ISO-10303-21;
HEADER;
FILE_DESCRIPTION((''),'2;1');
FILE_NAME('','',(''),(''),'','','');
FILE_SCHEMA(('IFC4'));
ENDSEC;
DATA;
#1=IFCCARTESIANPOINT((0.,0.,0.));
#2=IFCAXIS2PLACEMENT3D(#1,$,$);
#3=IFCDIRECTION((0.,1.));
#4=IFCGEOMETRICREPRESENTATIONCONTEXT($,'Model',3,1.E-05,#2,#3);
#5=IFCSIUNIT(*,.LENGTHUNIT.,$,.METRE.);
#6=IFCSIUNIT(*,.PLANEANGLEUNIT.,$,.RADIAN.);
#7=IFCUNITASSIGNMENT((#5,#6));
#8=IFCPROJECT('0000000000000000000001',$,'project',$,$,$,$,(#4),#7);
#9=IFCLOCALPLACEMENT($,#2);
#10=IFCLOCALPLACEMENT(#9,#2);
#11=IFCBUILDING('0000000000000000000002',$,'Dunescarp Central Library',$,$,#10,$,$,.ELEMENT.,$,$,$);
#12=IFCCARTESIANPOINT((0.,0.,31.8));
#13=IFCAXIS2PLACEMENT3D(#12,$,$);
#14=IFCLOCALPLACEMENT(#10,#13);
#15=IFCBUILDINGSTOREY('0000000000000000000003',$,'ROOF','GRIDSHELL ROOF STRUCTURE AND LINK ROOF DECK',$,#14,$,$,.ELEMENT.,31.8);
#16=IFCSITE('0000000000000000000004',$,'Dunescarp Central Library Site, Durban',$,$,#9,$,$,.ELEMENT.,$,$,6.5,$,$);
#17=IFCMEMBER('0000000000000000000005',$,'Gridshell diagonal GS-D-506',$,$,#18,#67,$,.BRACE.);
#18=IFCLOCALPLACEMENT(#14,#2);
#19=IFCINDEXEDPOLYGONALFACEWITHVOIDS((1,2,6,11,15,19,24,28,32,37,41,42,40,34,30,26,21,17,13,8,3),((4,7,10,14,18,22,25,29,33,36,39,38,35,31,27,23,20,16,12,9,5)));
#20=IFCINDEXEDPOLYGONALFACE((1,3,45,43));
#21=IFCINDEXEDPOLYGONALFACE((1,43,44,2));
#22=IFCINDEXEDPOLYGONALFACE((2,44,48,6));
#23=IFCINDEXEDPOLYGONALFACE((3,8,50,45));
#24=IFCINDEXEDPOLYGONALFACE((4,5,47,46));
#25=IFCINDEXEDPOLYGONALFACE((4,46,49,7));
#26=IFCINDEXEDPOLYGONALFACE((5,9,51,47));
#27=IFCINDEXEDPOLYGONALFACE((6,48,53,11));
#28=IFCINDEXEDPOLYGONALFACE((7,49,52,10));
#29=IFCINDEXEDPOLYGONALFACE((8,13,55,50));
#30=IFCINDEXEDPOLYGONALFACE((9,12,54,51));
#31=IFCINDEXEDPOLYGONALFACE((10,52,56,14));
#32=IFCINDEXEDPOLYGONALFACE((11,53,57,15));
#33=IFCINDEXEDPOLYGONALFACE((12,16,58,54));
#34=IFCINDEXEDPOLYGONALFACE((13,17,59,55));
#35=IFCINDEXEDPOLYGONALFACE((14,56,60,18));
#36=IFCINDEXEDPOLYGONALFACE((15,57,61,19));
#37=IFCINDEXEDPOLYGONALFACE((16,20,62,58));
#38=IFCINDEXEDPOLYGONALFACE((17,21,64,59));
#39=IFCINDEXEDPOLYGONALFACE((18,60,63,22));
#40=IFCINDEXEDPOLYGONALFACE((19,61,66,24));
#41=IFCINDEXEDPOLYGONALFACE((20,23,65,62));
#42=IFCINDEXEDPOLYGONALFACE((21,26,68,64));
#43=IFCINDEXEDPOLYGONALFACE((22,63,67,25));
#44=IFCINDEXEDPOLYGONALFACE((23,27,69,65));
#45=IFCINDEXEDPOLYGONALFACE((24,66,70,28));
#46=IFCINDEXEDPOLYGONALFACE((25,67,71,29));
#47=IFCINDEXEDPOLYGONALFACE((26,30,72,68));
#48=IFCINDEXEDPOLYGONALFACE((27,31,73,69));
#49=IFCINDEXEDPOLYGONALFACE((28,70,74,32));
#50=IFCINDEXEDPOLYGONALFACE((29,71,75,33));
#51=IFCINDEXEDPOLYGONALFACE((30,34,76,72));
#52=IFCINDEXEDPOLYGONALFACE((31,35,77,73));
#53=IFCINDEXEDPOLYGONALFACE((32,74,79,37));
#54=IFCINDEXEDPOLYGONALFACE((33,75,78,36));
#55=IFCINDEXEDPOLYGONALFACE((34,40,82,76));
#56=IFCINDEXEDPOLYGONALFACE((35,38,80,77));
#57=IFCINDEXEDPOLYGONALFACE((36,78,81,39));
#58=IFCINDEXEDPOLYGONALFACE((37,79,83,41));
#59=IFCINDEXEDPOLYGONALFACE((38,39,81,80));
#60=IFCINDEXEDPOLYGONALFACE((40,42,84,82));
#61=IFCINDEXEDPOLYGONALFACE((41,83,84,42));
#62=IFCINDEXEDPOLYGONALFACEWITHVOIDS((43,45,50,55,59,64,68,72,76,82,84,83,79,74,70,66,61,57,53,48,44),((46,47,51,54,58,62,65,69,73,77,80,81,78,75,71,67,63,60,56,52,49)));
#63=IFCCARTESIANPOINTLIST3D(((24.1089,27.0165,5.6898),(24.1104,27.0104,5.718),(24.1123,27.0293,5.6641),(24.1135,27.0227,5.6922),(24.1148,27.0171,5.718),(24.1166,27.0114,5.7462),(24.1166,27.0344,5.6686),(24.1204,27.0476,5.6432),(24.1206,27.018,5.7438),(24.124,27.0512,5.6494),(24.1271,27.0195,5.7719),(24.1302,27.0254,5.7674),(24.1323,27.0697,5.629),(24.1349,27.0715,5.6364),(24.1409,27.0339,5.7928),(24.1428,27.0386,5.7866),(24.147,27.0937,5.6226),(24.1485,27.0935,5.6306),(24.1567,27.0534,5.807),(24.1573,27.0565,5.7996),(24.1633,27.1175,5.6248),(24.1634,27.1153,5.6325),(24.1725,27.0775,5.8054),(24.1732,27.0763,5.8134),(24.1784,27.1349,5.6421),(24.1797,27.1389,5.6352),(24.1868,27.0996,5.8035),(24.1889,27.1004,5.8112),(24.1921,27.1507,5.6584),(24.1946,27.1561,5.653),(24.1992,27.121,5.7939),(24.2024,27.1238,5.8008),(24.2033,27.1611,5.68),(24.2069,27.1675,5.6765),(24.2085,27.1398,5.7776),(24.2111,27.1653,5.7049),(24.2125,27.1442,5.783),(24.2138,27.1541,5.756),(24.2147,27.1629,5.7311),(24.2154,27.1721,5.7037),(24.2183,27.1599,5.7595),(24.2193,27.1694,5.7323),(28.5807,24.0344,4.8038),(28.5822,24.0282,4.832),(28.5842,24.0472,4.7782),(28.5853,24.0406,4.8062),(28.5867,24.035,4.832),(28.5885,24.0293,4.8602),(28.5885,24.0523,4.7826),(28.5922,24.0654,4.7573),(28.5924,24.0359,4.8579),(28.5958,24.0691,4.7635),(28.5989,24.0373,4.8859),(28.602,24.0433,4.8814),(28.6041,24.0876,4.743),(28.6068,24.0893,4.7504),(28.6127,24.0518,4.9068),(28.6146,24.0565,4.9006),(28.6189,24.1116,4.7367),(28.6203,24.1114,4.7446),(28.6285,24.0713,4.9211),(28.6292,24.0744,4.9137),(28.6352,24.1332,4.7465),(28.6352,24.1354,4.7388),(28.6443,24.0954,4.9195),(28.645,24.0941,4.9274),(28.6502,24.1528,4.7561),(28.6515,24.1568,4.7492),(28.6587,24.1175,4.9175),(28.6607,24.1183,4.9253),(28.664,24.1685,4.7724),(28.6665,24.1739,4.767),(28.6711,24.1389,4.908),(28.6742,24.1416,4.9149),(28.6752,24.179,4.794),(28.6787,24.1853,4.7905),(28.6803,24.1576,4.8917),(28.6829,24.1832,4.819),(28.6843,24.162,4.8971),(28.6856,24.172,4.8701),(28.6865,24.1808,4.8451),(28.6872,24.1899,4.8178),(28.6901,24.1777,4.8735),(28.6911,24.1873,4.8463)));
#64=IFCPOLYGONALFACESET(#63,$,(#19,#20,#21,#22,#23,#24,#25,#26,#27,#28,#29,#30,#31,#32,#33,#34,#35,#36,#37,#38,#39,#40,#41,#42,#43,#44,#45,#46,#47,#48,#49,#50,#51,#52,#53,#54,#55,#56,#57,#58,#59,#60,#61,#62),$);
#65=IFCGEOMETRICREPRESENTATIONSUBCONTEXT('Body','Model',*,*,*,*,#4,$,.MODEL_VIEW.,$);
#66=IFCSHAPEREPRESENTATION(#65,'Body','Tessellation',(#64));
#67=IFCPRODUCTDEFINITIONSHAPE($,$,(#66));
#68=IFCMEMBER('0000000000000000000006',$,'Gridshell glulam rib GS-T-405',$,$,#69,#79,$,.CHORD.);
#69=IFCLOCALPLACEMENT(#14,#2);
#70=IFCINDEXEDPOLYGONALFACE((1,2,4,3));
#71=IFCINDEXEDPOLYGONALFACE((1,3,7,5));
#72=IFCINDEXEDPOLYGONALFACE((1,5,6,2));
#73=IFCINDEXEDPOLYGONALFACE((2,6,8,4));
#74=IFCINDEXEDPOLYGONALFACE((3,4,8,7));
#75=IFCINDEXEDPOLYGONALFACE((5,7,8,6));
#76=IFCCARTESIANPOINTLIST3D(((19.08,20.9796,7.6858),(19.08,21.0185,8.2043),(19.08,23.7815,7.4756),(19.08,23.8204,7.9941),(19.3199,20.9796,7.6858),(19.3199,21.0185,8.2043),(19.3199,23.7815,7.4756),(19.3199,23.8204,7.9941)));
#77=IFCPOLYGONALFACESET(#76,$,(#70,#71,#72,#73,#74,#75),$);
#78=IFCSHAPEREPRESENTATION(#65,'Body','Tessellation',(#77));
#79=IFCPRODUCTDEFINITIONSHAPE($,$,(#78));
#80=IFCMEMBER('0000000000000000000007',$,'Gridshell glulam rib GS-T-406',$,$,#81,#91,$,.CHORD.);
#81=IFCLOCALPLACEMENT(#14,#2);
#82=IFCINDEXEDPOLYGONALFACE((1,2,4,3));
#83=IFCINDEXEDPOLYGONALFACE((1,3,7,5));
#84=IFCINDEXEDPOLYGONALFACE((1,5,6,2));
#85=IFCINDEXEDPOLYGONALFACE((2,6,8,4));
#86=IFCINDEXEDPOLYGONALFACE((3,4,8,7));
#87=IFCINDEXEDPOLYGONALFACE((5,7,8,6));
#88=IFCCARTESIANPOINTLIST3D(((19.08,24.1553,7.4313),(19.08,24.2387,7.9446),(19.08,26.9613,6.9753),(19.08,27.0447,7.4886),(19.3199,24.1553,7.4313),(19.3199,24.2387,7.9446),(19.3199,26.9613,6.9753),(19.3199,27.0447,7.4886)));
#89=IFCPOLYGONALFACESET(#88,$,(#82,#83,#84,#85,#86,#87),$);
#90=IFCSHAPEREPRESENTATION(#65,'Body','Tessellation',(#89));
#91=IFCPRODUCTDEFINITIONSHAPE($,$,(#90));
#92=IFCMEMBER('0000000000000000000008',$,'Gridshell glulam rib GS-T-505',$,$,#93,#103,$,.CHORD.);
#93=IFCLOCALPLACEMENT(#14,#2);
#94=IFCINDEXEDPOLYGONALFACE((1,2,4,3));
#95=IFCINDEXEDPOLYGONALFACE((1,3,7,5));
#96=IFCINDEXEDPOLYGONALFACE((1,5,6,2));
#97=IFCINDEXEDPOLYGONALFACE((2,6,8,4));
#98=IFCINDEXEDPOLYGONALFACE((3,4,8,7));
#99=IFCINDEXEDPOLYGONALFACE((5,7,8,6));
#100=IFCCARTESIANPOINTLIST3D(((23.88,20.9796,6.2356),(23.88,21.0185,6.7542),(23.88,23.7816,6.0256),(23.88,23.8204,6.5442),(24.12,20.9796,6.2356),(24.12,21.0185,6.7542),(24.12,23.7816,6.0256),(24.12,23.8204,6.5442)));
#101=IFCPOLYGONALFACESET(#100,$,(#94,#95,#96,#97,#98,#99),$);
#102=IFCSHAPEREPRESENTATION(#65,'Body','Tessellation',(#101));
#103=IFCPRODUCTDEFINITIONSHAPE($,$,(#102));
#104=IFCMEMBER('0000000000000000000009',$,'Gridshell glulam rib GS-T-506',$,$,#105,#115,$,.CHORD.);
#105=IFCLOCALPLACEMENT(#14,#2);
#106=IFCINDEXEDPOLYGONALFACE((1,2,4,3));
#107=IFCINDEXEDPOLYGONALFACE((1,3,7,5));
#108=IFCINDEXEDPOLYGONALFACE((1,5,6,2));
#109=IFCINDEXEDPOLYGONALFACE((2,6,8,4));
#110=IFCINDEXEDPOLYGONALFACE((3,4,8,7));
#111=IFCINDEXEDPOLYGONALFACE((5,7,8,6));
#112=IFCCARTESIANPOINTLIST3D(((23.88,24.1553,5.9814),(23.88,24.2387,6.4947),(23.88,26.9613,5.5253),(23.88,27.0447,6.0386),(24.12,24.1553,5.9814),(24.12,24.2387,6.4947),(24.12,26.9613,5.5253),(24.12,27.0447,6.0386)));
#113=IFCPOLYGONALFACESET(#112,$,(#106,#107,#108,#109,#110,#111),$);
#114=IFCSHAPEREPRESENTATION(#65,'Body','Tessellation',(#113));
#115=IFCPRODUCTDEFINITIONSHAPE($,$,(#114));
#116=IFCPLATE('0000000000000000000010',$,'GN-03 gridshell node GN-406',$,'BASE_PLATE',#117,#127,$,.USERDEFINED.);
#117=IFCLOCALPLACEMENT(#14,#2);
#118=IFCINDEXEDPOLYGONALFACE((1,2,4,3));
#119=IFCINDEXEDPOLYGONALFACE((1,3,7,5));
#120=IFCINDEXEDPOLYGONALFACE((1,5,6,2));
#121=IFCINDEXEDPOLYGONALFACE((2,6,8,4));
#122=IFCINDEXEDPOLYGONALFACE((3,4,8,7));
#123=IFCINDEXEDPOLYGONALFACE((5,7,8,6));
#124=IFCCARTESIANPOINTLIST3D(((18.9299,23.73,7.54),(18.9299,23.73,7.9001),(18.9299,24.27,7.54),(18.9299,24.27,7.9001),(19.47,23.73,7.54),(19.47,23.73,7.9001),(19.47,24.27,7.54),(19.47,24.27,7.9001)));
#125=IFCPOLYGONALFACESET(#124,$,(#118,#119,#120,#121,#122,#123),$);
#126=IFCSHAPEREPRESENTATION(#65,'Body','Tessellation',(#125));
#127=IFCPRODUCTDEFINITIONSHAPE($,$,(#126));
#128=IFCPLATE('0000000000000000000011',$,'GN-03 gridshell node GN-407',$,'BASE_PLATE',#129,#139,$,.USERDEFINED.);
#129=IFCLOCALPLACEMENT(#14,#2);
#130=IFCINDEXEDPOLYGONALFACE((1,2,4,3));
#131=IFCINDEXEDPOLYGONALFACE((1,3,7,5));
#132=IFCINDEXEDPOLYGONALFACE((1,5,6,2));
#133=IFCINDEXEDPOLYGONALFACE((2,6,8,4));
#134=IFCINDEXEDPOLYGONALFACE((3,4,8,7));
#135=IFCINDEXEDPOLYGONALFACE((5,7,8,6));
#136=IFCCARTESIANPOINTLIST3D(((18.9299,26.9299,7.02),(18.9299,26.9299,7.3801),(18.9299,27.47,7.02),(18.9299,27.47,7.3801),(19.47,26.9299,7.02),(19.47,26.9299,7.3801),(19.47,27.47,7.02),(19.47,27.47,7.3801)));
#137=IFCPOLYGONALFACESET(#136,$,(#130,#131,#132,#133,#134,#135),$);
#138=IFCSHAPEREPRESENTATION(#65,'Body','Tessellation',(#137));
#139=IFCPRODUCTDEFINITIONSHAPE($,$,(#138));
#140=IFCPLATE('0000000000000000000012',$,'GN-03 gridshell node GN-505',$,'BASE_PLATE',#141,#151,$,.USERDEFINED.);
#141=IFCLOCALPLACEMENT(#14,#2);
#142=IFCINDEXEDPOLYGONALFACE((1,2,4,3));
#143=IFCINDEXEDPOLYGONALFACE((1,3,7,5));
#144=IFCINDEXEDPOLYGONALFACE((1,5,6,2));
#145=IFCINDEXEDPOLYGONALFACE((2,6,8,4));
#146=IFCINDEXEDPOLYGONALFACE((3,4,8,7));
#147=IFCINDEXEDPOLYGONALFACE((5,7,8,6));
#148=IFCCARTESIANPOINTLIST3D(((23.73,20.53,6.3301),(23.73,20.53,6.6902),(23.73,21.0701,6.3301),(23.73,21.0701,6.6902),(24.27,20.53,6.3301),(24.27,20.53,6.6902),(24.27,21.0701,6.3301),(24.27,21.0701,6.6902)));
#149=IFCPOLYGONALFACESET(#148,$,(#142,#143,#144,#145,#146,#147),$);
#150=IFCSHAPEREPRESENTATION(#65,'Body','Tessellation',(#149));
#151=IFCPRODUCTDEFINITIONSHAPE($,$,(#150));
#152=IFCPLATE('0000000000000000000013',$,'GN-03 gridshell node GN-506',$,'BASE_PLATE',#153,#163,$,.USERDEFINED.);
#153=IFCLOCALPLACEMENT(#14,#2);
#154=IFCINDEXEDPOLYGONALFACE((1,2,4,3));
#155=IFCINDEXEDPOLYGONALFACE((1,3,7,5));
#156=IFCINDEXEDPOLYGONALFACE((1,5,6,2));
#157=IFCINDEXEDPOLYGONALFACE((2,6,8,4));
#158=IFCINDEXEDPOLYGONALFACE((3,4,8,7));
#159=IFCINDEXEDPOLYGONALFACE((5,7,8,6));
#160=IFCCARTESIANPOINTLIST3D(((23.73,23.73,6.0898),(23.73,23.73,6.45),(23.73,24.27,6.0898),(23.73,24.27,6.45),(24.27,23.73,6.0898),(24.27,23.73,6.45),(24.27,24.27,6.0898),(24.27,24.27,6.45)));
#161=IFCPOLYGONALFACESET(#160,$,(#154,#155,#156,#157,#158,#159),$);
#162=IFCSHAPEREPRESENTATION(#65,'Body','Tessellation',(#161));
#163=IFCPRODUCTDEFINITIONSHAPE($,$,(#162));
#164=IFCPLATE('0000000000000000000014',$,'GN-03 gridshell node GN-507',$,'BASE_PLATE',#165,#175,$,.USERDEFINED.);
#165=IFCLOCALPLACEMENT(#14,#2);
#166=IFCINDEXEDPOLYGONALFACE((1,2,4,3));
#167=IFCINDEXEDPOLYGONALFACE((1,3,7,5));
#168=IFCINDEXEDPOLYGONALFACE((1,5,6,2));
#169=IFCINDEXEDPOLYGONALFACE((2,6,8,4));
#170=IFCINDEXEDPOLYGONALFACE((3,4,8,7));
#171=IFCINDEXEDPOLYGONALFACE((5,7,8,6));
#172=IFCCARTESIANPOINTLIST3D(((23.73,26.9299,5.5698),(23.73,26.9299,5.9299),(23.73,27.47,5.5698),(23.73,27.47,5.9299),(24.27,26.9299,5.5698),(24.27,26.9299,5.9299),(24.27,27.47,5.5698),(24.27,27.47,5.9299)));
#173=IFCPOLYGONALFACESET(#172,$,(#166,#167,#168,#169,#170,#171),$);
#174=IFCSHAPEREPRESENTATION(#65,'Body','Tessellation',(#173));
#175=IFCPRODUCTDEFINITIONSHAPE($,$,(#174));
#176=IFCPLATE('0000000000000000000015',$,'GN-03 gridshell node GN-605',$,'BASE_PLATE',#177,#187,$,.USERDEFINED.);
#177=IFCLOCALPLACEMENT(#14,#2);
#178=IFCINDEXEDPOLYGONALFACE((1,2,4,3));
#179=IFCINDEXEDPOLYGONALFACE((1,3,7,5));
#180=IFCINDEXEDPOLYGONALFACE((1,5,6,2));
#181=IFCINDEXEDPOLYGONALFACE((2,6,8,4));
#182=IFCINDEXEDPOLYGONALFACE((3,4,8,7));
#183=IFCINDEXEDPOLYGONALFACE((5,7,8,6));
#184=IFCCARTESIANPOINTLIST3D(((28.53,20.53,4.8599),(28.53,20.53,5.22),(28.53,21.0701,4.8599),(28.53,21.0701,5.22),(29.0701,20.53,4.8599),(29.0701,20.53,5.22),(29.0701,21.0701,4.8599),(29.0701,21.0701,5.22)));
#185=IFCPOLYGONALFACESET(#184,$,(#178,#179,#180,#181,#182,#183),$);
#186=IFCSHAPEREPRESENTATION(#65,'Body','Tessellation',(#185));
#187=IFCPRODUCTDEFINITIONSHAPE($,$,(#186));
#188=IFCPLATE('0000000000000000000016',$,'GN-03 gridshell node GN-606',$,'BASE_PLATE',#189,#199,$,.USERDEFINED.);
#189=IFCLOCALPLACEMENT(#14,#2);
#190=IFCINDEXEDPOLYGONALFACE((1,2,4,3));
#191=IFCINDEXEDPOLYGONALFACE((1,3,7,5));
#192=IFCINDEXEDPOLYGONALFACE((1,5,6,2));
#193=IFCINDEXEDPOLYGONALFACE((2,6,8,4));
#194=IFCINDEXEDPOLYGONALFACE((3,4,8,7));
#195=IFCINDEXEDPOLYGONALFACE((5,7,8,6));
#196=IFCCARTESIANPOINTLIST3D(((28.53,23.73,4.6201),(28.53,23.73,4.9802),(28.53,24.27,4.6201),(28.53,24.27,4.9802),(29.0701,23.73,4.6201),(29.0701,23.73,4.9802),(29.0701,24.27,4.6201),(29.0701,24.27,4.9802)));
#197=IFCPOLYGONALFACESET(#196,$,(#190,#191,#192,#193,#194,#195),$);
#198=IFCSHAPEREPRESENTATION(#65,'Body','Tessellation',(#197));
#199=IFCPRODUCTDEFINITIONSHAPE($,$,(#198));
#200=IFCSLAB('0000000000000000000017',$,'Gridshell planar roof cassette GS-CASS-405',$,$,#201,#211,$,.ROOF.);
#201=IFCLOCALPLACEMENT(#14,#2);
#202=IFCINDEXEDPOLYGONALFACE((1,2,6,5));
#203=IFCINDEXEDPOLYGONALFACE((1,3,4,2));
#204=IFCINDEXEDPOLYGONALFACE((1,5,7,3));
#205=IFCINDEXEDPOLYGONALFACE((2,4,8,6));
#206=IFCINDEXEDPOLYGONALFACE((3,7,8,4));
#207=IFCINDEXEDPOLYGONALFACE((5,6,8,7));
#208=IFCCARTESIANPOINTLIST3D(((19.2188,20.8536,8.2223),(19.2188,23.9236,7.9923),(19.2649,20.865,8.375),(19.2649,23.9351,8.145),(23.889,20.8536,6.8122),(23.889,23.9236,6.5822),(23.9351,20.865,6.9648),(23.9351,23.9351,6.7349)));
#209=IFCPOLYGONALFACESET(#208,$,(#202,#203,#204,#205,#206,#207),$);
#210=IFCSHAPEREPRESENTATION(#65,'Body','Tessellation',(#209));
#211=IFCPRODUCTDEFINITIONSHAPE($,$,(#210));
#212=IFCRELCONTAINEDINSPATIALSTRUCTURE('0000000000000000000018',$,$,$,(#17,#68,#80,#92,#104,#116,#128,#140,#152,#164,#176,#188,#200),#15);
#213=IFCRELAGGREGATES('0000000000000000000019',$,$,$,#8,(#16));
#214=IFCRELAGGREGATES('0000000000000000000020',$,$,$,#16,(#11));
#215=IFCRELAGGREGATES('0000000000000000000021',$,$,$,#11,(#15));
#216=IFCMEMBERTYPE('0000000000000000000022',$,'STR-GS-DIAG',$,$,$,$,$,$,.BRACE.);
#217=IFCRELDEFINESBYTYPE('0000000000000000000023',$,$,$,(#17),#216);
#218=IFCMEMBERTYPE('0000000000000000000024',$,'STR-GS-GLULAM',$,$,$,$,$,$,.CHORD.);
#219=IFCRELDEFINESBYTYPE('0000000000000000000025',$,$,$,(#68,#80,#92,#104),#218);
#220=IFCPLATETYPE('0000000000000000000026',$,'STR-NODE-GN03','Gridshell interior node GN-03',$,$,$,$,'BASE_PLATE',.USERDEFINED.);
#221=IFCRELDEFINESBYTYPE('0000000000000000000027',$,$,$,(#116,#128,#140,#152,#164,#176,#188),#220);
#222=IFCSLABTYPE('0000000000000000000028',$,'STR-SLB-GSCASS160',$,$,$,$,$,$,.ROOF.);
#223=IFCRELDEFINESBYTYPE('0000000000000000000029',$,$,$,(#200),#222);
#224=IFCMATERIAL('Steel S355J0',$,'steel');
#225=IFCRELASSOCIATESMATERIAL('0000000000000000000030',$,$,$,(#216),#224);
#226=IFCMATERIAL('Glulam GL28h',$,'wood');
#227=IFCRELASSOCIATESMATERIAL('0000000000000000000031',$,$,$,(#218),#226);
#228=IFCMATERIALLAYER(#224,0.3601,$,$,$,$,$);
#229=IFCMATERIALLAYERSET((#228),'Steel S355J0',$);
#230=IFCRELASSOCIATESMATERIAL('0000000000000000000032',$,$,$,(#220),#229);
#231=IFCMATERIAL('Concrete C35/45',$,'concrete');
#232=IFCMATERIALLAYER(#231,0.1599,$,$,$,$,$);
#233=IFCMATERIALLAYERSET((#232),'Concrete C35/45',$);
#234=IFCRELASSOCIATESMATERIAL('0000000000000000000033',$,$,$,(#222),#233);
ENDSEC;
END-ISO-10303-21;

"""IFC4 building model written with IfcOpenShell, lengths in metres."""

from ifc_helpers import new_model, si_unit, direction, frame, origin, origin_2d, place, context, subcontext, project, spatial, polyline, rectangle, hollow_circle, outline, extrude, material, layer, layer_set, material_profile, profile_set, type_object, element, save


model = new_model("IFC4")

# Units and contexts
model_context = context("Model", 3, precision=1e-05, world=origin(), true_north=direction((0.0, 1.0)))
body_context = subcontext(model_context, "Body", "Model", "MODEL_VIEW")
ifc_project = project(units=[si_unit("LENGTHUNIT", "METRE"), si_unit("PLANEANGLEUNIT", "RADIAN")], contexts=[model_context])

# Site, building, storey
site_placement = place(None, origin())
site = spatial("IfcSite", under=ifc_project, at=site_placement, Name="Dunescarp Central Library Site, Durban", CompositionType="ELEMENT", RefElevation=6.5)
building_placement = place(site_placement, origin())
building = spatial("IfcBuilding", under=site, at=building_placement, Name="Dunescarp Central Library", CompositionType="ELEMENT")
storey_placement = place(building_placement, frame((0.0, 0.0, 31.8)))
storey = spatial("IfcBuildingStorey", under=building, at=storey_placement, Name="ROOF", Description="GRIDSHELL ROOF STRUCTURE AND LINK ROOF DECK", CompositionType="ELEMENT", Elevation=31.8)

# Members
ifc_material_1 = material(Name="Steel S355J0", Category="steel")
ifc_material_profile_1 = material_profile(ifc_material_1, hollow_circle(Radius=0.0969, WallThickness=0.0081, at=origin_2d()), Name="CHS 193.7x8")
ifc_profile_set_1 = profile_set([ifc_material_profile_1], Name="Steel S355J0")
member_type_1 = type_object("IfcMemberType", Name="STR-GS-DIAG", PredefinedType="BRACE", material=ifc_profile_set_1)
member_1_placement = place(storey_placement, frame((28.636, 24.1089, 4.832), z_axis=(-0.820896, 0.547429, 0.162638), x_axis=(-0.554815, -0.831973, 0.0)))
element("IfcMember", 1, at=member_1_placement, inside=storey, type_object=member_type_1, Name="Gridshell diagonal GS-D-506", PredefinedType="BRACE", context=body_context, shape_type="SweptSolid", body=[
    extrude(hollow_circle(Radius=0.0969, WallThickness=0.0081, at=origin_2d()), origin(), (0.0, 0.0, 1.0), 5.4475),
])
ifc_material_2 = material(Name="Glulam GL28h", Category="wood")
ifc_material_profile_2 = material_profile(ifc_material_2, rectangle(XDim=0.24, YDim=0.52, at=origin_2d()), Name="GL28h 240x520")
ifc_profile_set_2 = profile_set([ifc_material_profile_2], Name="Glulam GL28h")
member_type_2 = type_object("IfcMemberType", Name="STR-GS-GLULAM", PredefinedType="CHORD", material=ifc_profile_set_2)
member_2_placement = place(storey_placement, frame((19.2, 20.999, 7.9451), z_axis=(0.0, 0.997198, -0.074809), x_axis=(-1.0, 0.0, 0.0)))
element("IfcMember", 2, at=member_2_placement, inside=storey, type_object=member_type_2, Name="Gridshell glulam rib GS-T-405", PredefinedType="CHORD", context=body_context, shape_type="SweptSolid", body=[
    extrude(rectangle(XDim=0.24, YDim=0.52, at=origin_2d()), origin(), (0.0, 0.0, 1.0), 2.8098),
])
member_3_placement = place(storey_placement, frame((19.2, 24.197, 7.688), z_axis=(0.0, 0.987047, -0.160428), x_axis=(-1.0, 0.0, 0.0)))
element("IfcMember", 3, at=member_3_placement, inside=storey, type_object=member_type_2, Name="Gridshell glulam rib GS-T-406", PredefinedType="CHORD", context=body_context, shape_type="SweptSolid", body=[
    extrude(rectangle(XDim=0.24, YDim=0.52, at=origin_2d()), origin(), (0.0, 0.0, 1.0), 2.8428),
])
member_4_placement = place(storey_placement, frame((24.0, 20.999, 6.4949), z_axis=(0.0, 0.997204, -0.074723), x_axis=(-1.0, 0.0, 0.0)))
element("IfcMember", 4, at=member_4_placement, inside=storey, type_object=member_type_2, Name="Gridshell glulam rib GS-T-505", PredefinedType="CHORD", context=body_context, shape_type="SweptSolid", body=[
    extrude(rectangle(XDim=0.24, YDim=0.52, at=origin_2d()), origin(), (0.0, 0.0, 1.0), 2.8098),
])
member_5_placement = place(storey_placement, frame((24.0, 24.197, 6.238), z_axis=(0.0, 0.987047, -0.160428), x_axis=(-1.0, 0.0, 0.0)))
element("IfcMember", 5, at=member_5_placement, inside=storey, type_object=member_type_2, Name="Gridshell glulam rib GS-T-506", PredefinedType="CHORD", context=body_context, shape_type="SweptSolid", body=[
    extrude(rectangle(XDim=0.24, YDim=0.52, at=origin_2d()), origin(), (0.0, 0.0, 1.0), 2.8428),
])

# Plates
ifc_layer_1 = layer(ifc_material_1, 0.3601)
ifc_layer_set_1 = layer_set([ifc_layer_1], Name="Steel S355J0")
plate_type = type_object("IfcPlateType", Name="STR-NODE-GN03", Description="Gridshell interior node GN-03", ElementType="BASE_PLATE", PredefinedType="USERDEFINED", material=ifc_layer_set_1)
for number, where, z_axis, x_axis, name in (
    (6, (19.2, 24.0, 7.54), (0.0, 0.0, 1.0), (1.0, 0.0, 0.0), "GN-03 gridshell node GN-406"),
    (7, (19.2, 27.2, 7.02), (0.0, 0.0, 1.0), (1.0, 0.0, 0.0), "GN-03 gridshell node GN-407"),
    (8, (24.0, 20.8, 6.3301), (0.0, 0.0, 1.0), (1.0, 0.0, 0.0), "GN-03 gridshell node GN-505"),
    (9, (24.0, 24.0, 6.0898), (0.0, 0.0, 1.0), (1.0, 0.0, 0.0), "GN-03 gridshell node GN-506"),
    (10, (24.0, 27.2, 5.5698), (0.0, 0.0, 1.0), (1.0, 0.0, 0.0), "GN-03 gridshell node GN-507"),
    (11, (28.8, 20.8, 4.8599), (0.0, 0.0, 1.0), (1.0, 0.0, 0.0), "GN-03 gridshell node GN-605"),
    (12, (28.8, 24.0, 4.6201), (0.0, 0.0, 1.0), (1.0, 0.0, 0.0), "GN-03 gridshell node GN-606"),
):
    element("IfcPlate", number, at=place(storey_placement, frame(where, z_axis=z_axis, x_axis=x_axis)), inside=storey, type_object=plate_type, Name=name, ObjectType="BASE_PLATE", PredefinedType="USERDEFINED", context=body_context, shape_type="SweptSolid", body=[
        extrude(rectangle(XDim=0.54, YDim=0.54, at=origin_2d()), origin(), (0.0, 0.0, 1.0), 0.3601),
    ])

# Slab
ifc_material_3 = material(Name="Concrete C35/45", Category="concrete")
ifc_layer_2 = layer(ifc_material_3, 0.1599)
ifc_layer_set_2 = layer_set([ifc_layer_2], Name="Concrete C35/45")
slab_type = type_object("IfcSlabType", Name="STR-SLB-GSCASS160", PredefinedType="ROOF", material=ifc_layer_set_2)
slab_1_placement = place(storey_placement, frame((19.2649, 20.865, 8.375), z_axis=(0.28832, 0.071529, 0.954859), x_axis=(0.957311, 0.0, -0.28906)))
element("IfcSlab", 13, at=slab_1_placement, inside=storey, type_object=slab_type, Name="Gridshell planar roof cassette GS-CASS-405", PredefinedType="ROOF", context=body_context, shape_type="SweptSolid", body=[
    extrude(outline(polyline([(0.0, 0.0), (4.8784, 0.0), (4.9449, 3.078), (0.0665, 3.078), (0.0, 0.0)])), origin(), (0.0, 0.0, -1.0), 0.1599),
])

save(model, "model.ifc")
